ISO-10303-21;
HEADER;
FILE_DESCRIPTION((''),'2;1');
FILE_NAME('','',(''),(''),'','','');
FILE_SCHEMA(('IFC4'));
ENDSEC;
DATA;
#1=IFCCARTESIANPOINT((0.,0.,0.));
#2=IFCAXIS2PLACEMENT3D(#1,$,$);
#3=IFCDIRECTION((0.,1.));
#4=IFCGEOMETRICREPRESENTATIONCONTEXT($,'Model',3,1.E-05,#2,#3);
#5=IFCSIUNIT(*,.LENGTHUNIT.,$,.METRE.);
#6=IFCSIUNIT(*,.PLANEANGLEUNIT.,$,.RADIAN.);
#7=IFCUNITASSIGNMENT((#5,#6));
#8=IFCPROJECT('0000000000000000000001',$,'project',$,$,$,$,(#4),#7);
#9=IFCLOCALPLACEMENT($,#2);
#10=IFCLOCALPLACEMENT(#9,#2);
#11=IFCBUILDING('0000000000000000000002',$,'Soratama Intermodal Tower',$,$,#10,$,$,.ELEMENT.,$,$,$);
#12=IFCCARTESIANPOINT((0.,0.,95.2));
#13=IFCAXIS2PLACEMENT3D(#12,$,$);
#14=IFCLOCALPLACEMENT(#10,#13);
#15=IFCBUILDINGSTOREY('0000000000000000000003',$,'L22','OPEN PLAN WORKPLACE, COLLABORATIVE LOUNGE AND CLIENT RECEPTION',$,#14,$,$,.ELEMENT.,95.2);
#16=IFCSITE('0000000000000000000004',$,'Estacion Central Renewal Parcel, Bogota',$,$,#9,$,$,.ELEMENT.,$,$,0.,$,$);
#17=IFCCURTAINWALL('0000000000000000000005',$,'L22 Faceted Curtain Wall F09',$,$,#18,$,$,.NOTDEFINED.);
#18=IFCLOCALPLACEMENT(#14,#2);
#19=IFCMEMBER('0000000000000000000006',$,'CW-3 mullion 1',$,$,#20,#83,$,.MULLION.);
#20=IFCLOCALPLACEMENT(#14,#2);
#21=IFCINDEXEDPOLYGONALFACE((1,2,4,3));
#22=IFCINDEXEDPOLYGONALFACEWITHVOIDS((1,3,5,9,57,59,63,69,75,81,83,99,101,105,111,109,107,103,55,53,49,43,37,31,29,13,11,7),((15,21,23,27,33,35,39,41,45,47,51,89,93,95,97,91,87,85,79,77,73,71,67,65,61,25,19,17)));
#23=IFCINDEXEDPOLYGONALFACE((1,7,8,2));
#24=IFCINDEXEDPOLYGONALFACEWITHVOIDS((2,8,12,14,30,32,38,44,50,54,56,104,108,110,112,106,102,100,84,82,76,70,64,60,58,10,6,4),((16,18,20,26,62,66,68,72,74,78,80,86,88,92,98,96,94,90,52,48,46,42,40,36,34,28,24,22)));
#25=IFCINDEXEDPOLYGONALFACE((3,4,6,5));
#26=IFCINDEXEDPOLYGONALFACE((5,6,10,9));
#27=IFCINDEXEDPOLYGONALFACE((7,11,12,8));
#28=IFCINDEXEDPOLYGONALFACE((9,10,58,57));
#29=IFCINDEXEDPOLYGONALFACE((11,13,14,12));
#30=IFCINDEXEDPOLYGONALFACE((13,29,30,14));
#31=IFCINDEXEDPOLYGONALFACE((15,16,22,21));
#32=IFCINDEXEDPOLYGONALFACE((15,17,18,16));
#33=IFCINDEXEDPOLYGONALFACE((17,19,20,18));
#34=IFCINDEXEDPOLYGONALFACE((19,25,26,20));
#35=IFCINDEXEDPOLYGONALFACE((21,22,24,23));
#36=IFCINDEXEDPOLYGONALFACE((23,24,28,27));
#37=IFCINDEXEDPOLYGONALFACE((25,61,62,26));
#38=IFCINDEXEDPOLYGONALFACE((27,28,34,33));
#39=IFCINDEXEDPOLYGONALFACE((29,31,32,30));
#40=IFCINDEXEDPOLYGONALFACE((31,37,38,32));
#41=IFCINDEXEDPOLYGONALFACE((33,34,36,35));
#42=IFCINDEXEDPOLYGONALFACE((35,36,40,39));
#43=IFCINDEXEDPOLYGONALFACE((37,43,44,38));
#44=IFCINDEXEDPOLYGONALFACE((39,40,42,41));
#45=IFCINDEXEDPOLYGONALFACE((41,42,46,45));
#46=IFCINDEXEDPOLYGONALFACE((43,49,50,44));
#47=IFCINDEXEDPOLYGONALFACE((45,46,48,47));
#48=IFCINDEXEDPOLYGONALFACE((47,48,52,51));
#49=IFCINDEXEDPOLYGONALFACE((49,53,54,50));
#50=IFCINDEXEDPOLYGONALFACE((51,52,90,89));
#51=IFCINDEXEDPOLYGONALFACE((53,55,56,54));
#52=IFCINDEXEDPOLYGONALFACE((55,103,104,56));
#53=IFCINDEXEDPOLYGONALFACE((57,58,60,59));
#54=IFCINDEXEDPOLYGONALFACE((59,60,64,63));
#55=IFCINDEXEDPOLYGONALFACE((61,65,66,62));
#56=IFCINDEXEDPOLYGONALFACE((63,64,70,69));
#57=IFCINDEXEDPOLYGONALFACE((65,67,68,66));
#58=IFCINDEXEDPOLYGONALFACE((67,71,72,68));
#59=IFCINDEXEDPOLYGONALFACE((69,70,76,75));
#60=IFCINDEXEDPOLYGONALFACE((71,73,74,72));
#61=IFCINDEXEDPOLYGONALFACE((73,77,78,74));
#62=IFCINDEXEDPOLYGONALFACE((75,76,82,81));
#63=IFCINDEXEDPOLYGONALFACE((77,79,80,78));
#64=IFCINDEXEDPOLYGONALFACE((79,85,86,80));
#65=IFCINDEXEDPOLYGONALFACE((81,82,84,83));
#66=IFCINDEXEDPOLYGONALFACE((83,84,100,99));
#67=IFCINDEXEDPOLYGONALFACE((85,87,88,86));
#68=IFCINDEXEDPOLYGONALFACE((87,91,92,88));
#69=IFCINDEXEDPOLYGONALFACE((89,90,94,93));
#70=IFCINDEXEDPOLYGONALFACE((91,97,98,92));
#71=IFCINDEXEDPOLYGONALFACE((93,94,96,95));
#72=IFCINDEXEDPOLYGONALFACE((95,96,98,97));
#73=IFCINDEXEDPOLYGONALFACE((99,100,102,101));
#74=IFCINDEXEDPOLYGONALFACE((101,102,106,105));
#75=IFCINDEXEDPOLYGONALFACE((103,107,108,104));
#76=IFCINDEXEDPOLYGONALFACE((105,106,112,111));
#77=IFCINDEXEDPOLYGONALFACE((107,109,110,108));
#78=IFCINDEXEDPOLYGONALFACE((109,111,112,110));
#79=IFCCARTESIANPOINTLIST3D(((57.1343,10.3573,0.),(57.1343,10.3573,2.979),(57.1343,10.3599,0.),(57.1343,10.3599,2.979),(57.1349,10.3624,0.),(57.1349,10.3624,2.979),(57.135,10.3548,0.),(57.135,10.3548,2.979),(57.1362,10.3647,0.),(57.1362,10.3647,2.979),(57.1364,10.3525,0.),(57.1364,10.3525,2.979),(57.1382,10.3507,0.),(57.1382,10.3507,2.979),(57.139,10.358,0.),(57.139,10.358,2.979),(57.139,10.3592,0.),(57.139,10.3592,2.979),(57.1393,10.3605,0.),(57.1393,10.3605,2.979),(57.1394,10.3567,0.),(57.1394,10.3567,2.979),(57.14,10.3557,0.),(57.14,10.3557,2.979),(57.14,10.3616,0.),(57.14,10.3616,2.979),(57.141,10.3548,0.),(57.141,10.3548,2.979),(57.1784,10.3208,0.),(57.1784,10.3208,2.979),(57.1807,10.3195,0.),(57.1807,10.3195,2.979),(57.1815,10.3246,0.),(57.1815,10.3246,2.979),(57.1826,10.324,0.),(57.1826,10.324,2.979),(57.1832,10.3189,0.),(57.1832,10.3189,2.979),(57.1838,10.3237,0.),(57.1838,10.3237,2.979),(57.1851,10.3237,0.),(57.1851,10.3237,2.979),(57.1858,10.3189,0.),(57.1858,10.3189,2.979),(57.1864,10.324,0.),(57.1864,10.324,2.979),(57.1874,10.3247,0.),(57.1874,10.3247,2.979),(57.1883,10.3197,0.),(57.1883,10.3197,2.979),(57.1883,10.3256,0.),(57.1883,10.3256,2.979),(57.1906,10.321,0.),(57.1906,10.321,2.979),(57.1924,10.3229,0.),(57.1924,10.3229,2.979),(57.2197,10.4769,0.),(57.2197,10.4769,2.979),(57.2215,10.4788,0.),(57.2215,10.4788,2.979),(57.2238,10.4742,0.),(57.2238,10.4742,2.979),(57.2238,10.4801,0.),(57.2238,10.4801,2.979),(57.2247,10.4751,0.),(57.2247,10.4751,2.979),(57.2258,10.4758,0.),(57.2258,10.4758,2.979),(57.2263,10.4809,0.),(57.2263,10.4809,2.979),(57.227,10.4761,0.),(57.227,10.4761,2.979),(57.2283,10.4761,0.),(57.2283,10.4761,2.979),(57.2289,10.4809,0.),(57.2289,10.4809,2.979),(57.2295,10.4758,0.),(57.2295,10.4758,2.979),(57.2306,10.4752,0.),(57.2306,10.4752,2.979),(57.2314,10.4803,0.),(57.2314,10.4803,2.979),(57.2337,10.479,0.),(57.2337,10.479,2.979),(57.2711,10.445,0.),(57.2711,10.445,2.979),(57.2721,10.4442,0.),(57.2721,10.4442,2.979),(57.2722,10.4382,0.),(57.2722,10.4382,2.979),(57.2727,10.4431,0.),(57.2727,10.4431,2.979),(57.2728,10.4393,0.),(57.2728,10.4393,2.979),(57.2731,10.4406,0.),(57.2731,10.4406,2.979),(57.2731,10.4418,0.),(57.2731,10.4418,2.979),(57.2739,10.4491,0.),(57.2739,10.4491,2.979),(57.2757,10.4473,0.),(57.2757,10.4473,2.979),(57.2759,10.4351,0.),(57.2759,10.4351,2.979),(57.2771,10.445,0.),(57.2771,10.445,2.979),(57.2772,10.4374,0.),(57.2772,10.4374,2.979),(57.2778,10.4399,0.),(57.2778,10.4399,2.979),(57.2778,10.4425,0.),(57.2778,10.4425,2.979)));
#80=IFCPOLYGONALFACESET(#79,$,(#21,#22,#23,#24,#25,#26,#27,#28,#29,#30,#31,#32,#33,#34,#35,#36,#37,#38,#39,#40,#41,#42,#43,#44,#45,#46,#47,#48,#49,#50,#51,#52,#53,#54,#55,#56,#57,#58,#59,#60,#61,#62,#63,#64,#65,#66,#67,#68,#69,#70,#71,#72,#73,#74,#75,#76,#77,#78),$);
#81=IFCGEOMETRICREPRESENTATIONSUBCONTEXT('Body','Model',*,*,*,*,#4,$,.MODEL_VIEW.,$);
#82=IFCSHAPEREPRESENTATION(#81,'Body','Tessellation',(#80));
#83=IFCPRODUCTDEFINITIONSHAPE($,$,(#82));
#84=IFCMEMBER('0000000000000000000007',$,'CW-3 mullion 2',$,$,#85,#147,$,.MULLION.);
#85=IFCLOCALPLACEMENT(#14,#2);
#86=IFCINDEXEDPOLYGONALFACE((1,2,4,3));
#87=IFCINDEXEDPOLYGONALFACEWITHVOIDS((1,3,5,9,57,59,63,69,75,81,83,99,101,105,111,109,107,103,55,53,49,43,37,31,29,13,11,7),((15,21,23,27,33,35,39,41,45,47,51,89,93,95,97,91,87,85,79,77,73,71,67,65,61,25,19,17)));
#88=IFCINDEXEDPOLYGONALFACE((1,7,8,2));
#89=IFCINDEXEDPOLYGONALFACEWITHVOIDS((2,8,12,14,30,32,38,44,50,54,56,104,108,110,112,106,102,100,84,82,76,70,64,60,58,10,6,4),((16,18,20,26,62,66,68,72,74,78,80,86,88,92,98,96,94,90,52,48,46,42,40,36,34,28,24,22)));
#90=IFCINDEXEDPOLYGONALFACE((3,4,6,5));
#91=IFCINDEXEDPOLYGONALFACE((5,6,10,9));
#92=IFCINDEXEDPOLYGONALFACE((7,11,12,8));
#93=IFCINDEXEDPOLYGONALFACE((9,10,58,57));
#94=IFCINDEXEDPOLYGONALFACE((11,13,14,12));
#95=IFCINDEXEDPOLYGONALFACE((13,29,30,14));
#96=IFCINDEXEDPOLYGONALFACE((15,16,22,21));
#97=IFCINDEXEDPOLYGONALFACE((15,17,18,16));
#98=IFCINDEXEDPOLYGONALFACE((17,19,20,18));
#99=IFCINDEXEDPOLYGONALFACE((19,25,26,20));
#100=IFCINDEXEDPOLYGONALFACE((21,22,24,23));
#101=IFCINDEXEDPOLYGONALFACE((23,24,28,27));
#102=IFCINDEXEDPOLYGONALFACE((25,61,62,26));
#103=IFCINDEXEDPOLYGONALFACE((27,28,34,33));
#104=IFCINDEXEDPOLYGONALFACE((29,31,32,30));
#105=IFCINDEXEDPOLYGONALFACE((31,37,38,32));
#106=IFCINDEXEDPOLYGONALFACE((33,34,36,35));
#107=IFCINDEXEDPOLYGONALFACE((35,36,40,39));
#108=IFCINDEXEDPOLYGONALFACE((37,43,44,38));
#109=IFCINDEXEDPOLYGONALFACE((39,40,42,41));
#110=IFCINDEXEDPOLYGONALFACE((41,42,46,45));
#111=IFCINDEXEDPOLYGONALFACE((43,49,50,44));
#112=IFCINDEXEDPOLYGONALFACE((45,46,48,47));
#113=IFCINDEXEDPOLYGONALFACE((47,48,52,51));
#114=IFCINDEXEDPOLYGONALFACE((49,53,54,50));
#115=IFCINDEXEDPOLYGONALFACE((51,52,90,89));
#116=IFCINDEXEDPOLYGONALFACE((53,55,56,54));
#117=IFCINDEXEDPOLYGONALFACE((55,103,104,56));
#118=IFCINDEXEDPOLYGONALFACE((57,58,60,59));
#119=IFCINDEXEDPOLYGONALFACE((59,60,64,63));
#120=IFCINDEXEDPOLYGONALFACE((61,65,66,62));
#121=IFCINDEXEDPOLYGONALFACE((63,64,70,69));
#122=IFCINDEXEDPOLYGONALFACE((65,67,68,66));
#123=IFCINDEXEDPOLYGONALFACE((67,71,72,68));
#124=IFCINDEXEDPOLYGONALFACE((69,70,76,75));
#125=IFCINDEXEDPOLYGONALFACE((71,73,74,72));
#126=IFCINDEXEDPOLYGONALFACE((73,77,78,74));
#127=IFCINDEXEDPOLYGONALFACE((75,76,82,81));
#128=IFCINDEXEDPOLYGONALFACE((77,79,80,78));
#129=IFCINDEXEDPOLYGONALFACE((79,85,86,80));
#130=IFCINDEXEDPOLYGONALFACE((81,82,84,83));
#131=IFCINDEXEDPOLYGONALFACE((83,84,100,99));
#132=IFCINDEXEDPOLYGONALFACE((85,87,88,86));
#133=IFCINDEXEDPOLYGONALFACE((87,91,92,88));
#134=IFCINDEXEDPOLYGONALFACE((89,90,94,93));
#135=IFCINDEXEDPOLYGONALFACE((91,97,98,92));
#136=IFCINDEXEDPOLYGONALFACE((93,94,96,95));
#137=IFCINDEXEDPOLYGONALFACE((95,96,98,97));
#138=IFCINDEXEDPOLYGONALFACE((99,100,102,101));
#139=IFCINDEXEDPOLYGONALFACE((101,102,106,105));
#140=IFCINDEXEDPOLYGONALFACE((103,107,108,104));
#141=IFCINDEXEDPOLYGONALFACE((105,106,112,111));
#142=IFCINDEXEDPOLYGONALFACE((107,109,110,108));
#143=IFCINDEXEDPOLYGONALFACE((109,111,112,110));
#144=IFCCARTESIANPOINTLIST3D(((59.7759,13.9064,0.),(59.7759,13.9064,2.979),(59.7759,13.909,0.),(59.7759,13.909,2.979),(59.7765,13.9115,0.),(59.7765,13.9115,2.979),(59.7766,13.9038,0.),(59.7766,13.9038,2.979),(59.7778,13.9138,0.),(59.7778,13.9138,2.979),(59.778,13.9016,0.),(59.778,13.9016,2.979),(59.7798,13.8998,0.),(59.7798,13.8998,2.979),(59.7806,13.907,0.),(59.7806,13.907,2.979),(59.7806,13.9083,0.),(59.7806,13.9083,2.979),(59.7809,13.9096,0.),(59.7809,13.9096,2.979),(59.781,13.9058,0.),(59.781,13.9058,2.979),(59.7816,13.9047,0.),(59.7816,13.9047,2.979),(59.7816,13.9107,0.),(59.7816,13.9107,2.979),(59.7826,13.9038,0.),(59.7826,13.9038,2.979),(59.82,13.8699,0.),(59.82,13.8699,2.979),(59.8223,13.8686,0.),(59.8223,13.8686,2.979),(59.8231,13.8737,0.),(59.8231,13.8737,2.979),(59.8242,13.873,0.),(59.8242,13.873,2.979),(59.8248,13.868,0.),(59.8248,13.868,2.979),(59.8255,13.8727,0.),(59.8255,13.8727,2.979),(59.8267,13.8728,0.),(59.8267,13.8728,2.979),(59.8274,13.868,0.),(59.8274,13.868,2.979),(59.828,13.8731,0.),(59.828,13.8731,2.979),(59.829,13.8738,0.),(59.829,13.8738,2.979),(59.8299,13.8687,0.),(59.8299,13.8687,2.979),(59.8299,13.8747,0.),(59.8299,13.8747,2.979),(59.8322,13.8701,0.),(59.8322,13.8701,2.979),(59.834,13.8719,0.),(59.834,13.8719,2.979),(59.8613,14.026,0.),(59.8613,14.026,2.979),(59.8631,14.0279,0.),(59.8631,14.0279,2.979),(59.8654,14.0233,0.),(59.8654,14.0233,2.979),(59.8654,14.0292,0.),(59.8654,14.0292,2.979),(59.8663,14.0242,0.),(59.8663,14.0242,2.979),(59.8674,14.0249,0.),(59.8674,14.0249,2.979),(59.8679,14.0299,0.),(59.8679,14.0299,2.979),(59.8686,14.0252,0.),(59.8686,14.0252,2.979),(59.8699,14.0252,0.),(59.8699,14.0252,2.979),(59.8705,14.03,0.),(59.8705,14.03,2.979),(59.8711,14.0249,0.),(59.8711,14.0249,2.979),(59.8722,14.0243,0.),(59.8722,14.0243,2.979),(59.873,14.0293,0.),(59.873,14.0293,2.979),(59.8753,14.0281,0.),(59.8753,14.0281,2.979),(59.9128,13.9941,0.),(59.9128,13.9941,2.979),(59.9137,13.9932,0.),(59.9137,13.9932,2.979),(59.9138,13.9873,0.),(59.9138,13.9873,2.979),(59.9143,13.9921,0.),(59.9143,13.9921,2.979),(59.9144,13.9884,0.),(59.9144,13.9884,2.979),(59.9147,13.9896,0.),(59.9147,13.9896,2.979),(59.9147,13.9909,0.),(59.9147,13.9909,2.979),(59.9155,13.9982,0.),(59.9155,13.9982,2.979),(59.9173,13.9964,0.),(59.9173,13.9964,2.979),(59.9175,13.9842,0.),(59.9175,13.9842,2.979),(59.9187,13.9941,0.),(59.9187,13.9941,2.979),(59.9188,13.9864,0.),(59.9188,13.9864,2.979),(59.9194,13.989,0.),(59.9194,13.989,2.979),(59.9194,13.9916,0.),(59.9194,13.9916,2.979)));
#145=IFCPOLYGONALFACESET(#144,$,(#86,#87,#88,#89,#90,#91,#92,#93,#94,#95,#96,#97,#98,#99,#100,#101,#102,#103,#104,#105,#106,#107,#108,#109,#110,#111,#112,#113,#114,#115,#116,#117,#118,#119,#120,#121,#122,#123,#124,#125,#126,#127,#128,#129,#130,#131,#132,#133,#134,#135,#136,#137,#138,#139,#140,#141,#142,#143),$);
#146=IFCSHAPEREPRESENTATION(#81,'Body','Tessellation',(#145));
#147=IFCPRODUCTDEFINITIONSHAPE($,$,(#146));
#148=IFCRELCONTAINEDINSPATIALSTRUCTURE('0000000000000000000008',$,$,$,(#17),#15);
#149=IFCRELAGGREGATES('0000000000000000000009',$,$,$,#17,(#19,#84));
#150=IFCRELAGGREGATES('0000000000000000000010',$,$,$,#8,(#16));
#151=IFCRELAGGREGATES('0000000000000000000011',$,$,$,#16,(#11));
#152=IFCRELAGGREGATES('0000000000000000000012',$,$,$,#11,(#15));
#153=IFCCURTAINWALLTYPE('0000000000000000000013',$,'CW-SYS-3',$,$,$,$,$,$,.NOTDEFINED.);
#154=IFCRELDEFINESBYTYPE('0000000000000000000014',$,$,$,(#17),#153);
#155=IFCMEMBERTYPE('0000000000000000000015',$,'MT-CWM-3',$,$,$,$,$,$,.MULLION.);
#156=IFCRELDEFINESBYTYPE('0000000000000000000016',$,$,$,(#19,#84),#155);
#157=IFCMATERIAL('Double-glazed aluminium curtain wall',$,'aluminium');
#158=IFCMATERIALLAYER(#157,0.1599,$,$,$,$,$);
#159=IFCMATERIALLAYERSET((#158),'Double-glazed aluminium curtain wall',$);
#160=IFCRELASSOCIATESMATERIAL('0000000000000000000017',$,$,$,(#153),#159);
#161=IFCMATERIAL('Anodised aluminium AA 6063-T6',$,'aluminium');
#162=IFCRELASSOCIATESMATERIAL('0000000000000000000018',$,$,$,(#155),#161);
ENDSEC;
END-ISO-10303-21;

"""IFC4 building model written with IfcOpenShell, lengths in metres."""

from ifc_helpers import new_model, si_unit, direction, frame, origin, origin_2d, place, context, subcontext, project, spatial, hollow_rectangle, extrude, material, layer, layer_set, material_profile, profile_set, type_object, element, aggregate, save


model = new_model("IFC4")

# Units and contexts
model_context = context("Model", 3, precision=1e-05, world=origin(), true_north=direction((0.0, 1.0)))
body_context = subcontext(model_context, "Body", "Model", "MODEL_VIEW")
ifc_project = project(units=[si_unit("LENGTHUNIT", "METRE"), si_unit("PLANEANGLEUNIT", "RADIAN")], contexts=[model_context])

# Site, building, storey
site_placement = place(None, origin())
site = spatial("IfcSite", under=ifc_project, at=site_placement, Name="Estacion Central Renewal Parcel, Bogota", CompositionType="ELEMENT", RefElevation=0.0)
building_placement = place(site_placement, origin())
building = spatial("IfcBuilding", under=site, at=building_placement, Name="Soratama Intermodal Tower", CompositionType="ELEMENT")
storey_placement = place(building_placement, frame((0.0, 0.0, 95.2)))
storey = spatial("IfcBuildingStorey", under=building, at=storey_placement, Name="L22", Description="OPEN PLAN WORKPLACE, COLLABORATIVE LOUNGE AND CLIENT RECEPTION", CompositionType="ELEMENT", Elevation=95.2)

# Curtain wall, members
ifc_material_1 = material(Name="Double-glazed aluminium curtain wall", Category="aluminium")
ifc_layer_1 = layer(ifc_material_1, 0.1599)
ifc_layer_set_1 = layer_set([ifc_layer_1], Name="Double-glazed aluminium curtain wall")
curtain_wall_type = type_object("IfcCurtainWallType", Name="CW-SYS-3", PredefinedType="NOTDEFINED", material=ifc_layer_set_1)
curtain_wall_placement = place(storey_placement, origin())
curtain_wall = element("IfcCurtainWall", 1, at=curtain_wall_placement, inside=storey, type_object=curtain_wall_type, Name="L22 Faceted Curtain Wall F09", PredefinedType="NOTDEFINED")
ifc_material_2 = material(Name="Anodised aluminium AA 6063-T6", Category="aluminium")
ifc_material_profile_1 = material_profile(ifc_material_2, hollow_rectangle(XDim=0.0701, YDim=0.1599, WallThickness=0.0049, InnerFilletRadius=0.0049, OuterFilletRadius=0.01, at=origin_2d()), Name="CWM160X70X5")
ifc_profile_set_1 = profile_set([ifc_material_profile_1], Name="Anodised aluminium AA 6063-T6")
member_type_1 = type_object("IfcMemberType", Name="MT-CWM-3", PredefinedType="MULLION", material=ifc_profile_set_1)
member_1_placement = place(storey_placement, frame((57.2061, 10.3999, 0.0), z_axis=(0.0, 0.0, 1.0), x_axis=(-0.802189, 0.59707, 0.0)))
member_1 = element("IfcMember", 2, at=member_1_placement, type_object=member_type_1, Name="CW-3 mullion 1", PredefinedType="MULLION", context=body_context, shape_type="SweptSolid", body=[
    extrude(hollow_rectangle(XDim=0.0701, YDim=0.1599, WallThickness=0.0049, InnerFilletRadius=0.0049, OuterFilletRadius=0.01, at=origin_2d()), origin(), (0.0, 0.0, 1.0), 2.979),
])
member_2_placement = place(storey_placement, frame((59.8477, 13.949, 0.0), z_axis=(0.0, 0.0, 1.0), x_axis=(-0.802189, 0.59707, 0.0)))
member_2 = element("IfcMember", 3, at=member_2_placement, type_object=member_type_1, Name="CW-3 mullion 2", PredefinedType="MULLION", context=body_context, shape_type="SweptSolid", body=[
    extrude(hollow_rectangle(XDim=0.0701, YDim=0.1599, WallThickness=0.0049, InnerFilletRadius=0.0049, OuterFilletRadius=0.01, at=origin_2d()), origin(), (0.0, 0.0, 1.0), 2.979),
])
aggregate(curtain_wall, [member_1, member_2])

save(model, "model.ifc")
